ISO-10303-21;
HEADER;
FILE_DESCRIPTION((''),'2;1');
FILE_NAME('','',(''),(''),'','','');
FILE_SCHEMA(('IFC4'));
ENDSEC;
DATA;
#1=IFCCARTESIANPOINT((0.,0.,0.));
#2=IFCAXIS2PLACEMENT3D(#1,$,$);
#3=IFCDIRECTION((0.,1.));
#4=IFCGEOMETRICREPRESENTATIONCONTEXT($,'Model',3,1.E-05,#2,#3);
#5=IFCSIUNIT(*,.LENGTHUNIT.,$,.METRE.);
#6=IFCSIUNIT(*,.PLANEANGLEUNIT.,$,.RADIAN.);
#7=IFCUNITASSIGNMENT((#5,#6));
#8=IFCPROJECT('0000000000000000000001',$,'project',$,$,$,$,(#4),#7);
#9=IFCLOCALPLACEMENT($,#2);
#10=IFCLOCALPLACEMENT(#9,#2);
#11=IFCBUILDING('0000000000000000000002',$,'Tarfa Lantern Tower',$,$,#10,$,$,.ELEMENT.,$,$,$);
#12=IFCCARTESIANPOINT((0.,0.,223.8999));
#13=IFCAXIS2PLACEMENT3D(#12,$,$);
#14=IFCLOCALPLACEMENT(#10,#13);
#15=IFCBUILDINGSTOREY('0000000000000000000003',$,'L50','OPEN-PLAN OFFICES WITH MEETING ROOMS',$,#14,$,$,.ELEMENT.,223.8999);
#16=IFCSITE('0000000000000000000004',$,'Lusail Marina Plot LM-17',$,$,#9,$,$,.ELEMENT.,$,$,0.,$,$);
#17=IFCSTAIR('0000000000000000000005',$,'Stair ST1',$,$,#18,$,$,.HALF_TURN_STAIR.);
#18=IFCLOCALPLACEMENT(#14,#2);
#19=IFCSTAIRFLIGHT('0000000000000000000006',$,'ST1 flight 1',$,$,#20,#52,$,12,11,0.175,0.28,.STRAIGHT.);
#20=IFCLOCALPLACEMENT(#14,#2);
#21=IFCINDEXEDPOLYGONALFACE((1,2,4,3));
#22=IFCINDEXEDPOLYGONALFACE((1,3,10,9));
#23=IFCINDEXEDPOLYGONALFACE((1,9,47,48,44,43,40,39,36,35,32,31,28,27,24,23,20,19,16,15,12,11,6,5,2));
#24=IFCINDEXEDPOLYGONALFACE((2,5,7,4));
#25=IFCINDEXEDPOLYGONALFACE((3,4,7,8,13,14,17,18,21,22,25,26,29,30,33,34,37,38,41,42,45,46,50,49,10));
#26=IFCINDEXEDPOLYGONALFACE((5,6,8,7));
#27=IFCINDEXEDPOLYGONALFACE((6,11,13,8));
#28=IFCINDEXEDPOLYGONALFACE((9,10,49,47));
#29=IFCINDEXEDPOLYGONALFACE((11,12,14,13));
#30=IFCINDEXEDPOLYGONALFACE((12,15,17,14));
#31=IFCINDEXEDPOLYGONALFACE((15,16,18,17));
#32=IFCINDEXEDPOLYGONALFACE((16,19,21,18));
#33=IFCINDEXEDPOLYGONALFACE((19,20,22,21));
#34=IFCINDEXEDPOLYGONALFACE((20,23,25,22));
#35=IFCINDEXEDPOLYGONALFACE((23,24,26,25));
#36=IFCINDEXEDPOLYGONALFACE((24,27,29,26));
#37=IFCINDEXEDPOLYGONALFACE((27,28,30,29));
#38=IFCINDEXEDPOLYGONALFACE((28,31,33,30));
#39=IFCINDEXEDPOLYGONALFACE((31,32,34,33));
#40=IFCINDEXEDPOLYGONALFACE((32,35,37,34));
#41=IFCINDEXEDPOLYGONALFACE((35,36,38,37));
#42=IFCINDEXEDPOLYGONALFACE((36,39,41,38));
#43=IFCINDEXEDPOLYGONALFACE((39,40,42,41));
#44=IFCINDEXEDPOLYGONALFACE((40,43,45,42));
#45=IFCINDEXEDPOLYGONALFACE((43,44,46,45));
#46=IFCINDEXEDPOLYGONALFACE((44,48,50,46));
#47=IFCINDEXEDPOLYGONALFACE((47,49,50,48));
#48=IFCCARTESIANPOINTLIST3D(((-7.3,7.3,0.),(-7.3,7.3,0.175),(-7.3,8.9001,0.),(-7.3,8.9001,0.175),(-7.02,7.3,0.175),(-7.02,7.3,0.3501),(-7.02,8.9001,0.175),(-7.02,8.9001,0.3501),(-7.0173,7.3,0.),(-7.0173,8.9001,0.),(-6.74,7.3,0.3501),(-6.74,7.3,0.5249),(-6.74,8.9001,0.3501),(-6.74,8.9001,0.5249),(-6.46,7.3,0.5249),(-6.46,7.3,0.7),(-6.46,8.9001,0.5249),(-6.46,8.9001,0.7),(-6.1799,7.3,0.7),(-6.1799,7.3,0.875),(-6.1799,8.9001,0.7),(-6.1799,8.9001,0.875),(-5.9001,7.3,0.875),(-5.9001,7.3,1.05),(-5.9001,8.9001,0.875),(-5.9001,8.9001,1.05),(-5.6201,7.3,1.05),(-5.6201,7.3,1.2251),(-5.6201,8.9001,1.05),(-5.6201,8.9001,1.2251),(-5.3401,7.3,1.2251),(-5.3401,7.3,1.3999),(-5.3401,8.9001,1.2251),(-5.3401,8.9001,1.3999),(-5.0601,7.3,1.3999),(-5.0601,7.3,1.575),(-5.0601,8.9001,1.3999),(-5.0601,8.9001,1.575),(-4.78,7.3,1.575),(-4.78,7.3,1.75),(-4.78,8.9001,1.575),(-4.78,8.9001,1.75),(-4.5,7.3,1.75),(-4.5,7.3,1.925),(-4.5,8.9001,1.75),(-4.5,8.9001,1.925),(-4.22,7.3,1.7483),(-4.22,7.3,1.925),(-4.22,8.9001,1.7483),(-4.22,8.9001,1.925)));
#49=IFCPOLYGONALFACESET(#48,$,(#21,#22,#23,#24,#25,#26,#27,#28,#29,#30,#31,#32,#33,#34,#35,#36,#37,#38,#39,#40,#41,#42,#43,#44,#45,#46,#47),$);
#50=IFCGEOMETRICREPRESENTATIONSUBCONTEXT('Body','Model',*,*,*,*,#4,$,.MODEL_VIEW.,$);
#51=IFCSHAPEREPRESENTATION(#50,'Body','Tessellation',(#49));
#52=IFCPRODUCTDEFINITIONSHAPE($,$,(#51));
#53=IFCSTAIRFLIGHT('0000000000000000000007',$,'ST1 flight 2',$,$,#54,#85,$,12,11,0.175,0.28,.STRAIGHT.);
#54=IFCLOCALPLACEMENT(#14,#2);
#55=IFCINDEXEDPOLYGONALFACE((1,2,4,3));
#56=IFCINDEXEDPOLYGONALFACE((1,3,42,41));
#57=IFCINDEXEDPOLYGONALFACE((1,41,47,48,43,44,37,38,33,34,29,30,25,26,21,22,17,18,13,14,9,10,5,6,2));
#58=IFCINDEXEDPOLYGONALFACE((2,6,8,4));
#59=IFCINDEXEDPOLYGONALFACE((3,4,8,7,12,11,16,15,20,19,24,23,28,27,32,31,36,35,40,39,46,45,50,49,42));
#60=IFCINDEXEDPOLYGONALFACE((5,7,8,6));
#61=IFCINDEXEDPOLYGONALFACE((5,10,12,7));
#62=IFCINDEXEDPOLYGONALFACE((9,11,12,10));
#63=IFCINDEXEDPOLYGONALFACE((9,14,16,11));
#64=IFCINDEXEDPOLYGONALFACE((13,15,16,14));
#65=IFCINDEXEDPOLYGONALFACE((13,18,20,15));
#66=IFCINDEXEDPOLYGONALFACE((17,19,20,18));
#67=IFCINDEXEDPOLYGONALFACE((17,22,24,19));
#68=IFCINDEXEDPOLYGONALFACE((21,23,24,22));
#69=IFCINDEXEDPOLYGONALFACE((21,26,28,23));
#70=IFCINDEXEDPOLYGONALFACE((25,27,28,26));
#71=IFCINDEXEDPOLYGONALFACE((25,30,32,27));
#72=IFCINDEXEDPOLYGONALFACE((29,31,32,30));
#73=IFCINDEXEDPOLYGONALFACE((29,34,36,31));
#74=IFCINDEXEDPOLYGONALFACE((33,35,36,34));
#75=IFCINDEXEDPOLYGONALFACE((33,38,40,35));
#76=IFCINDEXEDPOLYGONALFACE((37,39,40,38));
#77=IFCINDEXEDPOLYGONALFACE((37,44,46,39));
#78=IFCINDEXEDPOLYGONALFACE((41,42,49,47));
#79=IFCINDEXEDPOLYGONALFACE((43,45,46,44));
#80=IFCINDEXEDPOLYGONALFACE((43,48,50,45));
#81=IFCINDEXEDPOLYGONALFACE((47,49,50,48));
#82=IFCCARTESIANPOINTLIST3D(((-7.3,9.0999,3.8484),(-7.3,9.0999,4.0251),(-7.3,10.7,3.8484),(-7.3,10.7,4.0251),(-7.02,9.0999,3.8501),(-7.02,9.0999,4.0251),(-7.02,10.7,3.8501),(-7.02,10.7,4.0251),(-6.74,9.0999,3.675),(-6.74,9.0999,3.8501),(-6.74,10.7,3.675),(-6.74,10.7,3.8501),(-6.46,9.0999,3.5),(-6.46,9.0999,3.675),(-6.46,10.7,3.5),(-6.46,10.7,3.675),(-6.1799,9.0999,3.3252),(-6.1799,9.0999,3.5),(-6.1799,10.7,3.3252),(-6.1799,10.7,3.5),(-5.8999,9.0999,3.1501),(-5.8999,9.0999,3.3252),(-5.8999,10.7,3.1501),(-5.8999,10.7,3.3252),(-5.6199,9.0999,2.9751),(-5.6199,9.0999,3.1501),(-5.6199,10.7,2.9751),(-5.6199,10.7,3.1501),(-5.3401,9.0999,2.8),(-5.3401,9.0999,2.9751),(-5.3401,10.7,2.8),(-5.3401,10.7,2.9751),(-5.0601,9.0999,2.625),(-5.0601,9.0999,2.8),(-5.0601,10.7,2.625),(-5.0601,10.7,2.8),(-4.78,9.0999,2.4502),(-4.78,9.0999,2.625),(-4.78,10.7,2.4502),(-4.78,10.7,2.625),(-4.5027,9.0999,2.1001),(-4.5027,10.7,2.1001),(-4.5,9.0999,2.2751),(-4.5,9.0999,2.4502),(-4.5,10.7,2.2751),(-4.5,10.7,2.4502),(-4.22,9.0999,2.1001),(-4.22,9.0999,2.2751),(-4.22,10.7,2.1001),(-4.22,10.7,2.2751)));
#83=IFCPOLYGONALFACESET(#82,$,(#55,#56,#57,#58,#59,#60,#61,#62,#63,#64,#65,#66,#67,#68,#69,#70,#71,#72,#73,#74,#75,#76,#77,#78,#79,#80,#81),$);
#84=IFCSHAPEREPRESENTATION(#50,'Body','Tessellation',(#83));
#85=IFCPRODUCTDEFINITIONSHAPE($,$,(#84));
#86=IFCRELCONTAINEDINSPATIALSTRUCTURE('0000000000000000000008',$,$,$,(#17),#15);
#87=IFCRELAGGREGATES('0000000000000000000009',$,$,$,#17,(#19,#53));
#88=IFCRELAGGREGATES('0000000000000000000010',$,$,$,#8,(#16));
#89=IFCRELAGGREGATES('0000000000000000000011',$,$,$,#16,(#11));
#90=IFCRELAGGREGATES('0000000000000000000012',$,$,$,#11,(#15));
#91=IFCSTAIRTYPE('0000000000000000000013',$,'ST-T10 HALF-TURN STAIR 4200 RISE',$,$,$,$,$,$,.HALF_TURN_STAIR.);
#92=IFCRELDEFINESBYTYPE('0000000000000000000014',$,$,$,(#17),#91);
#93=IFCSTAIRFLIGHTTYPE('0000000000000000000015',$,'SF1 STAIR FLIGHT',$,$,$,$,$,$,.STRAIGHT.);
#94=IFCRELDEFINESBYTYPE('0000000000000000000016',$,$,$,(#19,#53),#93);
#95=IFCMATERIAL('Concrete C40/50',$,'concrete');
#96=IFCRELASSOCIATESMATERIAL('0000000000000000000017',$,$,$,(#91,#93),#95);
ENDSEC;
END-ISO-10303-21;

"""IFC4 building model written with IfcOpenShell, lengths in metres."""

from ifc_helpers import new_model, si_unit, direction, frame, origin, place, context, subcontext, project, spatial, polyline, outline, extrude, material, type_object, element, aggregate, save


model = new_model("IFC4")

# Units and contexts
model_context = context("Model", 3, precision=1e-05, world=origin(), true_north=direction((0.0, 1.0)))
body_context = subcontext(model_context, "Body", "Model", "MODEL_VIEW")
ifc_project = project(units=[si_unit("LENGTHUNIT", "METRE"), si_unit("PLANEANGLEUNIT", "RADIAN")], contexts=[model_context])

# Site, building, storey
site_placement = place(None, origin())
site = spatial("IfcSite", under=ifc_project, at=site_placement, Name="Lusail Marina Plot LM-17", CompositionType="ELEMENT", RefElevation=0.0)
building_placement = place(site_placement, origin())
building = spatial("IfcBuilding", under=site, at=building_placement, Name="Tarfa Lantern Tower", CompositionType="ELEMENT")
storey_placement = place(building_placement, frame((0.0, 0.0, 223.8999)))
storey = spatial("IfcBuildingStorey", under=building, at=storey_placement, Name="L50", Description="OPEN-PLAN OFFICES WITH MEETING ROOMS", CompositionType="ELEMENT", Elevation=223.8999)

# Stair, stair flights
ifc_material_1 = material(Name="Concrete C40/50", Category="concrete")
stair_type = type_object("IfcStairType", Name="ST-T10 HALF-TURN STAIR 4200 RISE", PredefinedType="HALF_TURN_STAIR", material=ifc_material_1)
stair_placement = place(storey_placement, origin())
stair = element("IfcStair", 1, at=stair_placement, inside=storey, type_object=stair_type, Name="Stair ST1", PredefinedType="HALF_TURN_STAIR")
stair_flight_type = type_object("IfcStairFlightType", Name="SF1 STAIR FLIGHT", PredefinedType="STRAIGHT", material=ifc_material_1)
stair_flight_1_placement = place(storey_placement, frame((-7.3, 8.1001, 0.0), z_axis=(0.0, 0.0, 1.0), x_axis=(1.0, 0.0, 0.0)))
stair_flight_1 = element("IfcStairFlight", 2, at=stair_flight_1_placement, type_object=stair_flight_type, Name="ST1 flight 1", NumberOfRisers=12, NumberOfTreads=11, PredefinedType="STRAIGHT", RiserHeight=0.175, TreadLength=0.28, context=body_context, shape_type="SweptSolid", body=[
    extrude(outline(polyline([(0.0, 0.0), (0.0, 0.175), (0.28, 0.175), (0.28, 0.3501), (0.5601, 0.3501), (0.5601, 0.5249), (0.8401, 0.5249), (0.8401, 0.7), (1.1201, 0.7), (1.1201, 0.875), (1.3999, 0.875), (1.3999, 1.05), (1.6799, 1.05), (1.6799, 1.2251), (1.96, 1.2251), (1.96, 1.3999), (2.24, 1.3999), (2.24, 1.575), (2.52, 1.575), (2.52, 1.75), (2.8, 1.75), (2.8, 1.925), (3.0801, 1.925), (3.0801, 2.1001), (3.0801, 1.7483), (0.2827, 0.0), (0.0, 0.0)])), frame((0.0, 0.8, 0.0), z_axis=(0.0, -1.0, 0.0), x_axis=(1.0, 0.0, 0.0)), (0.0, 0.0, 1.0), 1.6001),
])
stair_flight_2_placement = place(storey_placement, frame((-4.22, 9.8999, 2.1001), z_axis=(0.0, 0.0, 1.0), x_axis=(-1.0, 0.0, 0.0)))
stair_flight_2 = element("IfcStairFlight", 3, at=stair_flight_2_placement, type_object=stair_flight_type, Name="ST1 flight 2", NumberOfRisers=12, NumberOfTreads=11, PredefinedType="STRAIGHT", RiserHeight=0.175, TreadLength=0.28, context=body_context, shape_type="SweptSolid", body=[
    extrude(outline(polyline([(0.0, 0.0), (0.0, 0.175), (0.28, 0.175), (0.28, 0.3501), (0.5601, 0.3501), (0.5601, 0.5249), (0.8401, 0.5249), (0.8401, 0.7), (1.1201, 0.7), (1.1201, 0.875), (1.3999, 0.875), (1.3999, 1.05), (1.6799, 1.05), (1.6799, 1.2251), (1.96, 1.2251), (1.96, 1.3999), (2.24, 1.3999), (2.24, 1.575), (2.52, 1.575), (2.52, 1.75), (2.8, 1.75), (2.8, 1.925), (3.0801, 1.925), (3.0801, 2.1001), (3.0801, 1.7483), (0.2827, 0.0), (0.0, 0.0)])), frame((0.0, 0.8, 0.0), z_axis=(0.0, -1.0, 0.0), x_axis=(1.0, 0.0, 0.0)), (0.0, 0.0, 1.0), 1.6001),
])
aggregate(stair, [stair_flight_1, stair_flight_2])

save(model, "model.ifc")
